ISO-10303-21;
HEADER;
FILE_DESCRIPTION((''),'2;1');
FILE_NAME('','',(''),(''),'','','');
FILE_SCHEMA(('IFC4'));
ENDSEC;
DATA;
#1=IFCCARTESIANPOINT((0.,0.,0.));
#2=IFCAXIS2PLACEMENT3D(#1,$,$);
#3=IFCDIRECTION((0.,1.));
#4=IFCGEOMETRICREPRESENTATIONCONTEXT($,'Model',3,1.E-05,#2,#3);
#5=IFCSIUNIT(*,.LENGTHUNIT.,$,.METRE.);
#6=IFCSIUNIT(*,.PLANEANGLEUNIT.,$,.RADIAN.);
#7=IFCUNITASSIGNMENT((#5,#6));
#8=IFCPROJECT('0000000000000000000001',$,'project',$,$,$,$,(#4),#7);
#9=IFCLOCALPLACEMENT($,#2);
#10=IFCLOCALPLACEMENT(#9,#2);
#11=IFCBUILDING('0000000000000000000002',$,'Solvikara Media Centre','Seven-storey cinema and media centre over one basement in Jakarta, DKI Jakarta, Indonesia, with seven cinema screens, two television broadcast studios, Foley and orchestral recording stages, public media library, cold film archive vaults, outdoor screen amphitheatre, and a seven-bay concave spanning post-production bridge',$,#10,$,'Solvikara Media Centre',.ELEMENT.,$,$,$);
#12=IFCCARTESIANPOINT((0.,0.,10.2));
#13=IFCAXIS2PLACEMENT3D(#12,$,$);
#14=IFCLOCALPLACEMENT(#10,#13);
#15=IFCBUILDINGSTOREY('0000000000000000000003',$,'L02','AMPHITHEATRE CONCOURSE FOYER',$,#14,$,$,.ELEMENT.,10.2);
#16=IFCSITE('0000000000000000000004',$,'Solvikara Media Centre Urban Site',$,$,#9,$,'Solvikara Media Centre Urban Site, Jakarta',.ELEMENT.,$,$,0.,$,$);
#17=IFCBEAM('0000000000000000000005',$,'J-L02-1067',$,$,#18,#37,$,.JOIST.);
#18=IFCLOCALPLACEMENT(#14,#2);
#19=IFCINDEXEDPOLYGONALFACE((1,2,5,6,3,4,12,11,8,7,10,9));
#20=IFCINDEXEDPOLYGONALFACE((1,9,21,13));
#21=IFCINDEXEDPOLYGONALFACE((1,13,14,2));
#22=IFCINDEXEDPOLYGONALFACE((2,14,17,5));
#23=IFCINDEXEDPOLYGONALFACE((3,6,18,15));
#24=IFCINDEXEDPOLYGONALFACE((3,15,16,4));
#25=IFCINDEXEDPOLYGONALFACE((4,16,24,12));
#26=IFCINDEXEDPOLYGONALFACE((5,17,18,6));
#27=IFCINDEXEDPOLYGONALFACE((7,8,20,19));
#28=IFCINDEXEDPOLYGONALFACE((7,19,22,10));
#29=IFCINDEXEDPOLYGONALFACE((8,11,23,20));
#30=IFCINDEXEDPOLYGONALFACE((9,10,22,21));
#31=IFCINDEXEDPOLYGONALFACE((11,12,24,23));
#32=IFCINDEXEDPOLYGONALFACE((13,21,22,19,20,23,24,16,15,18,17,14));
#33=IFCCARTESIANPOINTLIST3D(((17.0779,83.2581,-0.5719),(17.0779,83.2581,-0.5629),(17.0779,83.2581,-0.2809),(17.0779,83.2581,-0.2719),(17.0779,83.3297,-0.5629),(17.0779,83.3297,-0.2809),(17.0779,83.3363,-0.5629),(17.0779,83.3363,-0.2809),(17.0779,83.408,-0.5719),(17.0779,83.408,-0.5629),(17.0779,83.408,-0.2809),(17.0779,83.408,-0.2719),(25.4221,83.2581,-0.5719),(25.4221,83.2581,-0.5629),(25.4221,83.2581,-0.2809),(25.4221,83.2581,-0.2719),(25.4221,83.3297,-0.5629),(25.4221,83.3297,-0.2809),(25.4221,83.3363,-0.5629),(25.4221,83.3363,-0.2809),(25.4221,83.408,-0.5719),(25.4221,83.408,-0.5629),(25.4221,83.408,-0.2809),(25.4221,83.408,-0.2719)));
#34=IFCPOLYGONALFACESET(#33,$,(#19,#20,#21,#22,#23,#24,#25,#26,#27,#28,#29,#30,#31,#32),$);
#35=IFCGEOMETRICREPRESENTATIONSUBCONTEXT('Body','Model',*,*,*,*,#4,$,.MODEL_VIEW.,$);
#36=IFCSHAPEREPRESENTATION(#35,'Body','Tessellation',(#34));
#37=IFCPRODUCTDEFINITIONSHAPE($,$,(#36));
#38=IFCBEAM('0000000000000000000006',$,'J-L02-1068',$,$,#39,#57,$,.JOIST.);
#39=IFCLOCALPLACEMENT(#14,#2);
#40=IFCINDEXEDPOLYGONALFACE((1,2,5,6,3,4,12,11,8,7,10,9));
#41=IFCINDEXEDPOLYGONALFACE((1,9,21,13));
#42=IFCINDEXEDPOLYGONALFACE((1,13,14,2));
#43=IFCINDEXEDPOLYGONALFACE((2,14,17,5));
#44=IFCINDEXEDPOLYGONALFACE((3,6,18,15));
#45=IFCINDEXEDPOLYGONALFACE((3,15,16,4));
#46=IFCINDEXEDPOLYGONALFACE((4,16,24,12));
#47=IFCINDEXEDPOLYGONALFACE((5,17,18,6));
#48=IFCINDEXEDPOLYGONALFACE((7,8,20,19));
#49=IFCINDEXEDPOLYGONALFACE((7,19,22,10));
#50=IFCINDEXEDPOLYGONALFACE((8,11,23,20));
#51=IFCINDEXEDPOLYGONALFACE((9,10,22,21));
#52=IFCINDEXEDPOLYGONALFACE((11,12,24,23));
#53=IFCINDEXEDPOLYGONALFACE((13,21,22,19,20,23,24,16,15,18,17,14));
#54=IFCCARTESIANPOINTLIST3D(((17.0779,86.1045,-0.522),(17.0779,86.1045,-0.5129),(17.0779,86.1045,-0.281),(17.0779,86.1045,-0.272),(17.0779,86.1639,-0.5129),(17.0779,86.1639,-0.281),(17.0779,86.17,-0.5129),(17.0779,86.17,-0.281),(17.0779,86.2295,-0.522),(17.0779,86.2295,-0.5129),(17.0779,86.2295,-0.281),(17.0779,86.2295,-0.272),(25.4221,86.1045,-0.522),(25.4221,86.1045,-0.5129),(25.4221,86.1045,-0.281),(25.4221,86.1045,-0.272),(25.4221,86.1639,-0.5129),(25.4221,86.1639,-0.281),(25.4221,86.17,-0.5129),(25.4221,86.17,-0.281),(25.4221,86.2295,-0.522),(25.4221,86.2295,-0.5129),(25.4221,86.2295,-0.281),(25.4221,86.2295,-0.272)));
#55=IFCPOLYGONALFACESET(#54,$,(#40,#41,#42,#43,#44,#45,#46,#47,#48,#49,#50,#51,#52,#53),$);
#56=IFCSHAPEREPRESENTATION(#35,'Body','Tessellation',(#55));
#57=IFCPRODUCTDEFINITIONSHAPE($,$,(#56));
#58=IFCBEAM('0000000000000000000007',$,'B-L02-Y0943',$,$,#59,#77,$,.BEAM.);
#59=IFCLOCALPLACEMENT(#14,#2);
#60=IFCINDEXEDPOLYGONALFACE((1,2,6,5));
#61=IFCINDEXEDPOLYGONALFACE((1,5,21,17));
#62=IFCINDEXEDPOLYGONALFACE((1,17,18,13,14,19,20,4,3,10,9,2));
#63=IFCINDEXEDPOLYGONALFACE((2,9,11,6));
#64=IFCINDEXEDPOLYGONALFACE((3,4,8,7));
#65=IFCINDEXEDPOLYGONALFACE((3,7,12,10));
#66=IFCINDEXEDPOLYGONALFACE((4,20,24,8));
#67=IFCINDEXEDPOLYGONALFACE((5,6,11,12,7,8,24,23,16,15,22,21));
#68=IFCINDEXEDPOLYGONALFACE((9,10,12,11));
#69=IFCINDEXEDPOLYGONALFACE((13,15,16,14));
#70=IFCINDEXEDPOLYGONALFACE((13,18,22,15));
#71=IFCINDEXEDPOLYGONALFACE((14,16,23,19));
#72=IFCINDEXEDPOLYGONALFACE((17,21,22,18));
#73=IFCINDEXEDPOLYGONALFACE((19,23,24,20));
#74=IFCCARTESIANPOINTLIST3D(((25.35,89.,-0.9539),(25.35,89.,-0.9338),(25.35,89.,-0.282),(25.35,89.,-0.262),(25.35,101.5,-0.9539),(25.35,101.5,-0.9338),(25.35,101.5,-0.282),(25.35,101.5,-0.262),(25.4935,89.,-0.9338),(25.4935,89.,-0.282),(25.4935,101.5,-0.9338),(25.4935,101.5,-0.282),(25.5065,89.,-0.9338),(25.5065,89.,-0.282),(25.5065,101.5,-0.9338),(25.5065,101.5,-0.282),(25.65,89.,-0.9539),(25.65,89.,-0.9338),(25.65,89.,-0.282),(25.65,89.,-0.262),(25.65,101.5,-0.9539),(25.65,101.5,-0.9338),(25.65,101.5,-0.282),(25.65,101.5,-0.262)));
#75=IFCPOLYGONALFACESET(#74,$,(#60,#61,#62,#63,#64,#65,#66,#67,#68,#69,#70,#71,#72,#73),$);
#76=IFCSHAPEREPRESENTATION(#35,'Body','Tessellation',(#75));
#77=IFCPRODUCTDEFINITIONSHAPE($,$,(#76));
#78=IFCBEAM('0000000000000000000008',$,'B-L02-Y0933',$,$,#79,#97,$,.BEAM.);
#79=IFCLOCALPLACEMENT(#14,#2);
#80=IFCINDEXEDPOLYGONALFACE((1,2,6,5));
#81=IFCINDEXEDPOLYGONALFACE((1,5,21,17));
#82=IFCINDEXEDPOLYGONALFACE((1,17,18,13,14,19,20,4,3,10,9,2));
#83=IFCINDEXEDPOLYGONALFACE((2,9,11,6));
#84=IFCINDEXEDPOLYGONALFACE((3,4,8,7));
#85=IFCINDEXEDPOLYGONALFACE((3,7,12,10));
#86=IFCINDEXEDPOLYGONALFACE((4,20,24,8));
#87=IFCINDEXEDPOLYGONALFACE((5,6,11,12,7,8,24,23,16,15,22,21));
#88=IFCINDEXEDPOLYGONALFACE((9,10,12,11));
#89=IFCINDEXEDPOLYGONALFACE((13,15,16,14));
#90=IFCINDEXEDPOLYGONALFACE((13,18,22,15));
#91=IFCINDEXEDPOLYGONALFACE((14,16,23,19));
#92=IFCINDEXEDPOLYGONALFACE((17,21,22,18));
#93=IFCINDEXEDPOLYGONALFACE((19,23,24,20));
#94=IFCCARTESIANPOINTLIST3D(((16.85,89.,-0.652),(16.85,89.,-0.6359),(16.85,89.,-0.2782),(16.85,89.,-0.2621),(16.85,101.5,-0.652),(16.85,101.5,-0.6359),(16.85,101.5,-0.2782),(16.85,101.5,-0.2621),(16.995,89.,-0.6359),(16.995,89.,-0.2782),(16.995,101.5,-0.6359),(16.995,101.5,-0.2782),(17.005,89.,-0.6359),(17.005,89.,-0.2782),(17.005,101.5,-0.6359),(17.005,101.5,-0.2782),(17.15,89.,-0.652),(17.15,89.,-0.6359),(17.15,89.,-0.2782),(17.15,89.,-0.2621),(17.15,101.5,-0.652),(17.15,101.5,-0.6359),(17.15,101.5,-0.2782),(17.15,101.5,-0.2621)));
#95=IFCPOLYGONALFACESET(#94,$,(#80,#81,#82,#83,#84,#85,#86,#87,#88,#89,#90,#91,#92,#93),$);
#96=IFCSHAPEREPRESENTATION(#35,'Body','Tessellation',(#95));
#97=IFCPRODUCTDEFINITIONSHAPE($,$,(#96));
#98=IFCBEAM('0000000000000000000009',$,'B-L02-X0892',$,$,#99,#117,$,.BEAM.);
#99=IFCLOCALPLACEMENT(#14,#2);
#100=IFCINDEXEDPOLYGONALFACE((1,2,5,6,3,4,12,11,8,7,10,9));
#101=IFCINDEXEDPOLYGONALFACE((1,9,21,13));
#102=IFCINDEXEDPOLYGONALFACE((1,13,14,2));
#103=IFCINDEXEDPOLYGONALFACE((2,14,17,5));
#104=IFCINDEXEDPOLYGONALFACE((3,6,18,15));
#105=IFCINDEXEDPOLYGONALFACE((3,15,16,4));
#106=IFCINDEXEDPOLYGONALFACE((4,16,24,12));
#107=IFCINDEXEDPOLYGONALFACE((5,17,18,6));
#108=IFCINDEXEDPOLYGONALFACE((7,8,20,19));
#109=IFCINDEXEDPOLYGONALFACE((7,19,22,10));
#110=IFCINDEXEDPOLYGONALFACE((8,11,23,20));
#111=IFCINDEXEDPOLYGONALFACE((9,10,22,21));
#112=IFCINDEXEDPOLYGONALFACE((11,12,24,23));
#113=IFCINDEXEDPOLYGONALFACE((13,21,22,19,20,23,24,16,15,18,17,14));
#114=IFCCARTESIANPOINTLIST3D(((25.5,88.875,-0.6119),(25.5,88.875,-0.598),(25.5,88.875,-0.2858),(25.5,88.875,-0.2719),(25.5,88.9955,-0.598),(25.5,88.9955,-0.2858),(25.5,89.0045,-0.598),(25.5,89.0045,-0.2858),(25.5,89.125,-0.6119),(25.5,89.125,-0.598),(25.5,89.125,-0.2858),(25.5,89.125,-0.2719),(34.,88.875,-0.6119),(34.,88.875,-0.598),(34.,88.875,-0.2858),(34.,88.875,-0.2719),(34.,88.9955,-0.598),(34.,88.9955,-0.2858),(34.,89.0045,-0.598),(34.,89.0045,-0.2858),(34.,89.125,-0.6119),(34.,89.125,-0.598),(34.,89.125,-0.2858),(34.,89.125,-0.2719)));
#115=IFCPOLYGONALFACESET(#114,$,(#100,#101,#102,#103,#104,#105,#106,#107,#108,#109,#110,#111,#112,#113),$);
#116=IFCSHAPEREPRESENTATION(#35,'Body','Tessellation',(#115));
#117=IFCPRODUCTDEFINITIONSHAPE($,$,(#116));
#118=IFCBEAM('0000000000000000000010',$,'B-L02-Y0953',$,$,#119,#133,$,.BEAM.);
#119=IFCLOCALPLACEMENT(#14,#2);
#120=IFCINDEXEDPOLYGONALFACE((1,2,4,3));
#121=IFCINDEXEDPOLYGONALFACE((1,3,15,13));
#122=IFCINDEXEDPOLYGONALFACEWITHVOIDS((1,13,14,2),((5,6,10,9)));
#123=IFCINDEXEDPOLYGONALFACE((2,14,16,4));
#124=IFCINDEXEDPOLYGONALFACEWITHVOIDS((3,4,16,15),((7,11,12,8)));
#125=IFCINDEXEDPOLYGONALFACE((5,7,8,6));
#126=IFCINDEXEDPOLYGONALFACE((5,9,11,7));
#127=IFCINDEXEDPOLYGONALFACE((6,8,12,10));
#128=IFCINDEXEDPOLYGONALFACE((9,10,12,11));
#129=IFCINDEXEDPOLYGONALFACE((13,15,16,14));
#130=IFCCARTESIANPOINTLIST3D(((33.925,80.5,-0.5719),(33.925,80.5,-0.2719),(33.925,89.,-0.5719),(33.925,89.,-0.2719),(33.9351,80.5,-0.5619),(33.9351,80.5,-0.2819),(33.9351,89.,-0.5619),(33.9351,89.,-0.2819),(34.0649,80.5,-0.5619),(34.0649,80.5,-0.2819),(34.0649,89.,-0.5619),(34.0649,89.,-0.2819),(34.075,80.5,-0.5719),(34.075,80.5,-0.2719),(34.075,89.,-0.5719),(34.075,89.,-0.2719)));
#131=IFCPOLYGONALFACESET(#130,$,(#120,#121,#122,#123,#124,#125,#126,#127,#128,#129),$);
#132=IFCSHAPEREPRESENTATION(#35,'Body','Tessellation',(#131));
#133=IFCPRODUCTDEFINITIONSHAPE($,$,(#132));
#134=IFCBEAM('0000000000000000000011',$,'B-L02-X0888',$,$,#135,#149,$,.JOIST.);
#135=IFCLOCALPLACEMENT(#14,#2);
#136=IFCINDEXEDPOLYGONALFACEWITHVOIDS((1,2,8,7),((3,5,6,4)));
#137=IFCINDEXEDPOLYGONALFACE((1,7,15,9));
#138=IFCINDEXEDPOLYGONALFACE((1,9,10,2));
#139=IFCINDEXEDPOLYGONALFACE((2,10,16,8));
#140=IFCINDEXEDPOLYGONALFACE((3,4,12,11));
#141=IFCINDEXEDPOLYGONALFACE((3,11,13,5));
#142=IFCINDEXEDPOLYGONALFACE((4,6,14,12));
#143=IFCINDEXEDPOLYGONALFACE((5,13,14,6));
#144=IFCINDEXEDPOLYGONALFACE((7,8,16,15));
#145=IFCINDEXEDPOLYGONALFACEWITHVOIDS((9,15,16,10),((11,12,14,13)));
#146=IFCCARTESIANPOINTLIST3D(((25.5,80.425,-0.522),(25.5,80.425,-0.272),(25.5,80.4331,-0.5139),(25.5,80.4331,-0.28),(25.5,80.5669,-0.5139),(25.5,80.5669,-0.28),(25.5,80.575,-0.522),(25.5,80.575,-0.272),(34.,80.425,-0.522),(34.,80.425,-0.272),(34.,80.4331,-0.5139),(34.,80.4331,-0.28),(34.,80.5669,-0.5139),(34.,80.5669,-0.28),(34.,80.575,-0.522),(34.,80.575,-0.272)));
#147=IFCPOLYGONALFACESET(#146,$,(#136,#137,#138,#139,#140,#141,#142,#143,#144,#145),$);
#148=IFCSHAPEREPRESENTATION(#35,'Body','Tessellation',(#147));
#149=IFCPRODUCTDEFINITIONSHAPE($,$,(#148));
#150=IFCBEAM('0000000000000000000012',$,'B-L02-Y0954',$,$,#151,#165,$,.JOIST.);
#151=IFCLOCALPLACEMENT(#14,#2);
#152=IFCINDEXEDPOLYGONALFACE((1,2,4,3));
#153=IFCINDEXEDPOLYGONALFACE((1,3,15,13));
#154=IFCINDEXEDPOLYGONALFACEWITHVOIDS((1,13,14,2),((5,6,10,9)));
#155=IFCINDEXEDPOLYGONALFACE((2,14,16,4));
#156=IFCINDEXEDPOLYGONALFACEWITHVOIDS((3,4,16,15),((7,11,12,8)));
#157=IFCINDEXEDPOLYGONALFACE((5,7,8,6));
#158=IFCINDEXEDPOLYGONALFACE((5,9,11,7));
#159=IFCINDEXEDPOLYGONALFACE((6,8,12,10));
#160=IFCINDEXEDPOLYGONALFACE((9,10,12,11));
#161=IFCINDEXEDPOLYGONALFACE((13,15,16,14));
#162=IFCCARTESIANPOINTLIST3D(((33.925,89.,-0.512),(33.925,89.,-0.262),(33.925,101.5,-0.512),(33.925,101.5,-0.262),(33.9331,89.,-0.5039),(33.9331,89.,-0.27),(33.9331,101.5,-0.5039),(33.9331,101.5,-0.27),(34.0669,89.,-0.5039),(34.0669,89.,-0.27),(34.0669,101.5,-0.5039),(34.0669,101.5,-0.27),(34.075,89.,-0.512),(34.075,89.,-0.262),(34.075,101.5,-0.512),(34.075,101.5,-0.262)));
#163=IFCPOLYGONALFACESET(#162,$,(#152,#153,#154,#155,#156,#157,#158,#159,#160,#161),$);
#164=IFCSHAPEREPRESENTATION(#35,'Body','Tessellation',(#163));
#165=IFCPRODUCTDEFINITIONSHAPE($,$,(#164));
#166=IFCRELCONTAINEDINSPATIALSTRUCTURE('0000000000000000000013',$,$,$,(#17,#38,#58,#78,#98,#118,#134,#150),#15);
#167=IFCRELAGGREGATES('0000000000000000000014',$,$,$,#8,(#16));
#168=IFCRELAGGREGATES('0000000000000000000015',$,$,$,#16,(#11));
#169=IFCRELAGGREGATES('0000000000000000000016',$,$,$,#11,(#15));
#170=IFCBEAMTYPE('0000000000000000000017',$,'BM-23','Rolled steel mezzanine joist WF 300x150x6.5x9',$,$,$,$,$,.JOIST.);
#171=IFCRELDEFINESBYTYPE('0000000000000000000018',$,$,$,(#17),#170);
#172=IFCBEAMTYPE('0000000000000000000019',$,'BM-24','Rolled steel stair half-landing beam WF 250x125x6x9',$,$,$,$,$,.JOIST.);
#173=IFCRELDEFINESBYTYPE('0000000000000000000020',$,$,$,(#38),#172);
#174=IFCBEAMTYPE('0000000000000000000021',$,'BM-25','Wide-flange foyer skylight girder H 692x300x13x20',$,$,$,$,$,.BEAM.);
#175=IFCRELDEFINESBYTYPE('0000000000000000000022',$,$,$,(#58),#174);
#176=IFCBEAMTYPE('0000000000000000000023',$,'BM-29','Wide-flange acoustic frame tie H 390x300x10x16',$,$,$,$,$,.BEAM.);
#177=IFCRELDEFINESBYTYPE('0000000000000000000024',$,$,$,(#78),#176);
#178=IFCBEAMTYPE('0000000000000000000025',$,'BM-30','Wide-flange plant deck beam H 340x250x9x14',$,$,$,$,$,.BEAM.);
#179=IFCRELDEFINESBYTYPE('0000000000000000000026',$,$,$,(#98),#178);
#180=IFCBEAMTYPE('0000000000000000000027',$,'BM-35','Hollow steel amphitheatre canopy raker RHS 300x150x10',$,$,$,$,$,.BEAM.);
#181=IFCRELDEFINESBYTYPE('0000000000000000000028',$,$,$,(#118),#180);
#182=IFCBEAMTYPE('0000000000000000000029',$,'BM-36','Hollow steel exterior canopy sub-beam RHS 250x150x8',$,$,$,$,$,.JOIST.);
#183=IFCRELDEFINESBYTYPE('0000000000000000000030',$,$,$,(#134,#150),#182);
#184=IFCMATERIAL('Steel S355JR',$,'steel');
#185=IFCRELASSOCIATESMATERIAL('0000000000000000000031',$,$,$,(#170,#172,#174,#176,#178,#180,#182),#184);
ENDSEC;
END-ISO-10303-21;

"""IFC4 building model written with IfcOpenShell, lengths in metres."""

from ifc_helpers import new_model, si_unit, direction, frame, origin, origin_2d, place, context, subcontext, project, spatial, hollow_rectangle, i_section, extrude, material, material_profile, profile_set, type_object, element, save


model = new_model("IFC4")

# Units and contexts
model_context = context("Model", 3, precision=1e-05, world=origin(), true_north=direction((0.0, 1.0)))
body_context = subcontext(model_context, "Body", "Model", "MODEL_VIEW")
ifc_project = project(units=[si_unit("LENGTHUNIT", "METRE"), si_unit("PLANEANGLEUNIT", "RADIAN")], contexts=[model_context])

# Site, building, storey
site_placement = place(None, origin())
site = spatial("IfcSite", under=ifc_project, at=site_placement, Name="Solvikara Media Centre Urban Site", LongName="Solvikara Media Centre Urban Site, Jakarta", CompositionType="ELEMENT", RefElevation=0.0)
building_placement = place(site_placement, origin())
building = spatial("IfcBuilding", under=site, at=building_placement, Name="Solvikara Media Centre", Description="Seven-storey cinema and media centre over one basement in Jakarta, DKI Jakarta, Indonesia, with seven cinema screens, two television broadcast studios, Foley and orchestral recording stages, public media library, cold film archive vaults, outdoor screen amphitheatre, and a seven-bay concave spanning post-production bridge", LongName="Solvikara Media Centre", CompositionType="ELEMENT")
storey_placement = place(building_placement, frame((0.0, 0.0, 10.2)))
storey = spatial("IfcBuildingStorey", under=building, at=storey_placement, Name="L02", Description="AMPHITHEATRE CONCOURSE FOYER", CompositionType="ELEMENT", Elevation=10.2)

# Shared definitions
ifc_material_1 = material(Name="Steel S355JR", Category="steel")

# Beams
ifc_material_profile_1 = material_profile(ifc_material_1, i_section(OverallWidth=0.1499, OverallDepth=0.3, WebThickness=0.0066, FlangeThickness=0.009, at=origin_2d()), Name="WF 300x150x6.5x9")
ifc_profile_set_1 = profile_set([ifc_material_profile_1], Name="Steel S355JR")
beam_type_1 = type_object("IfcBeamType", Name="BM-23", Description="Rolled steel mezzanine joist WF 300x150x6.5x9", PredefinedType="JOIST", material=ifc_profile_set_1)
beam_1_placement = place(storey_placement, frame((17.0779, 83.333, -0.4219), z_axis=(1.0, 0.0, 0.0), x_axis=(0.0, 1.0, 0.0)))
element("IfcBeam", 1, at=beam_1_placement, inside=storey, type_object=beam_type_1, Name="J-L02-1067", PredefinedType="JOIST", context=body_context, shape_type="SweptSolid", body=[
    extrude(i_section(OverallWidth=0.1499, OverallDepth=0.3, WebThickness=0.0066, FlangeThickness=0.009, at=origin_2d()), origin(), (0.0, 0.0, 1.0), 8.3442),
])
ifc_material_profile_2 = material_profile(ifc_material_1, i_section(OverallWidth=0.125, OverallDepth=0.25, WebThickness=0.0061, FlangeThickness=0.009, at=origin_2d()), Name="WF 250x125x6x9")
ifc_profile_set_2 = profile_set([ifc_material_profile_2], Name="Steel S355JR")
beam_type_2 = type_object("IfcBeamType", Name="BM-24", Description="Rolled steel stair half-landing beam WF 250x125x6x9", PredefinedType="JOIST", material=ifc_profile_set_2)
beam_2_placement = place(storey_placement, frame((17.0779, 86.167, -0.397), z_axis=(1.0, 0.0, 0.0), x_axis=(0.0, 1.0, 0.0)))
element("IfcBeam", 2, at=beam_2_placement, inside=storey, type_object=beam_type_2, Name="J-L02-1068", PredefinedType="JOIST", context=body_context, shape_type="SweptSolid", body=[
    extrude(i_section(OverallWidth=0.125, OverallDepth=0.25, WebThickness=0.0061, FlangeThickness=0.009, at=origin_2d()), origin(), (0.0, 0.0, 1.0), 8.3442),
])
ifc_material_profile_3 = material_profile(ifc_material_1, i_section(OverallWidth=0.3, OverallDepth=0.6919, WebThickness=0.0129, FlangeThickness=0.02, at=origin_2d()), Name="H 692x300x13x20")
ifc_profile_set_3 = profile_set([ifc_material_profile_3], Name="Steel S355JR")
beam_type_3 = type_object("IfcBeamType", Name="BM-25", Description="Wide-flange foyer skylight girder H 692x300x13x20", PredefinedType="BEAM", material=ifc_profile_set_3)
beam_3_placement = place(storey_placement, frame((25.5, 89.0, -0.6079), z_axis=(0.0, 1.0, 0.0), x_axis=(-1.0, 0.0, 0.0)))
element("IfcBeam", 3, at=beam_3_placement, inside=storey, type_object=beam_type_3, Name="B-L02-Y0943", PredefinedType="BEAM", context=body_context, shape_type="SweptSolid", body=[
    extrude(i_section(OverallWidth=0.3, OverallDepth=0.6919, WebThickness=0.0129, FlangeThickness=0.02, at=origin_2d()), origin(), (0.0, 0.0, 1.0), 12.5),
])
ifc_material_profile_4 = material_profile(ifc_material_1, i_section(OverallWidth=0.3, OverallDepth=0.3899, WebThickness=0.01, FlangeThickness=0.0161, at=origin_2d()), Name="H 390x300x10x16")
ifc_profile_set_4 = profile_set([ifc_material_profile_4], Name="Steel S355JR")
beam_type_4 = type_object("IfcBeamType", Name="BM-29", Description="Wide-flange acoustic frame tie H 390x300x10x16", PredefinedType="BEAM", material=ifc_profile_set_4)
beam_4_placement = place(storey_placement, frame((17.0, 89.0, -0.457), z_axis=(0.0, 1.0, 0.0), x_axis=(-1.0, 0.0, 0.0)))
element("IfcBeam", 4, at=beam_4_placement, inside=storey, type_object=beam_type_4, Name="B-L02-Y0933", PredefinedType="BEAM", context=body_context, shape_type="SweptSolid", body=[
    extrude(i_section(OverallWidth=0.3, OverallDepth=0.3899, WebThickness=0.01, FlangeThickness=0.0161, at=origin_2d()), origin(), (0.0, 0.0, 1.0), 12.5),
])
ifc_material_profile_5 = material_profile(ifc_material_1, i_section(OverallWidth=0.25, OverallDepth=0.3401, WebThickness=0.009, FlangeThickness=0.0139, at=origin_2d()), Name="H 340x250x9x14")
ifc_profile_set_5 = profile_set([ifc_material_profile_5], Name="Steel S355JR")
beam_type_5 = type_object("IfcBeamType", Name="BM-30", Description="Wide-flange plant deck beam H 340x250x9x14", PredefinedType="BEAM", material=ifc_profile_set_5)
beam_5_placement = place(storey_placement, frame((25.5, 89.0, -0.4419), z_axis=(1.0, 0.0, 0.0), x_axis=(0.0, 1.0, 0.0)))
element("IfcBeam", 5, at=beam_5_placement, inside=storey, type_object=beam_type_5, Name="B-L02-X0892", PredefinedType="BEAM", context=body_context, shape_type="SweptSolid", body=[
    extrude(i_section(OverallWidth=0.25, OverallDepth=0.3401, WebThickness=0.009, FlangeThickness=0.0139, at=origin_2d()), origin(), (0.0, 0.0, 1.0), 8.5),
])
ifc_material_profile_6 = material_profile(ifc_material_1, hollow_rectangle(XDim=0.1499, YDim=0.3, WallThickness=0.01, at=origin_2d()), Name="RHS 300x150x10")
ifc_profile_set_6 = profile_set([ifc_material_profile_6], Name="Steel S355JR")
beam_type_6 = type_object("IfcBeamType", Name="BM-35", Description="Hollow steel amphitheatre canopy raker RHS 300x150x10", PredefinedType="BEAM", material=ifc_profile_set_6)
beam_6_placement = place(storey_placement, frame((34.0, 80.5, -0.4219), z_axis=(0.0, 1.0, 0.0), x_axis=(-1.0, 0.0, 0.0)))
element("IfcBeam", 6, at=beam_6_placement, inside=storey, type_object=beam_type_6, Name="B-L02-Y0953", PredefinedType="BEAM", context=body_context, shape_type="SweptSolid", body=[
    extrude(hollow_rectangle(XDim=0.1499, YDim=0.3, WallThickness=0.01, at=origin_2d()), origin(), (0.0, 0.0, 1.0), 8.5),
])
ifc_material_profile_7 = material_profile(ifc_material_1, hollow_rectangle(XDim=0.1499, YDim=0.25, WallThickness=0.0081, at=origin_2d()), Name="RHS 250x150x8")
ifc_profile_set_7 = profile_set([ifc_material_profile_7], Name="Steel S355JR")
beam_type_7 = type_object("IfcBeamType", Name="BM-36", Description="Hollow steel exterior canopy sub-beam RHS 250x150x8", PredefinedType="JOIST", material=ifc_profile_set_7)
beam_7_placement = place(storey_placement, frame((25.5, 80.5, -0.397), z_axis=(1.0, 0.0, 0.0), x_axis=(0.0, 1.0, 0.0)))
element("IfcBeam", 7, at=beam_7_placement, inside=storey, type_object=beam_type_7, Name="B-L02-X0888", PredefinedType="JOIST", context=body_context, shape_type="SweptSolid", body=[
    extrude(hollow_rectangle(XDim=0.1499, YDim=0.25, WallThickness=0.0081, at=origin_2d()), origin(), (0.0, 0.0, 1.0), 8.5),
])
beam_8_placement = place(storey_placement, frame((34.0, 89.0, -0.387), z_axis=(0.0, 1.0, 0.0), x_axis=(-1.0, 0.0, 0.0)))
element("IfcBeam", 8, at=beam_8_placement, inside=storey, type_object=beam_type_7, Name="B-L02-Y0954", PredefinedType="JOIST", context=body_context, shape_type="SweptSolid", body=[
    extrude(hollow_rectangle(XDim=0.1499, YDim=0.25, WallThickness=0.0081, at=origin_2d()), origin(), (0.0, 0.0, 1.0), 12.5),
])

save(model, "model.ifc")
